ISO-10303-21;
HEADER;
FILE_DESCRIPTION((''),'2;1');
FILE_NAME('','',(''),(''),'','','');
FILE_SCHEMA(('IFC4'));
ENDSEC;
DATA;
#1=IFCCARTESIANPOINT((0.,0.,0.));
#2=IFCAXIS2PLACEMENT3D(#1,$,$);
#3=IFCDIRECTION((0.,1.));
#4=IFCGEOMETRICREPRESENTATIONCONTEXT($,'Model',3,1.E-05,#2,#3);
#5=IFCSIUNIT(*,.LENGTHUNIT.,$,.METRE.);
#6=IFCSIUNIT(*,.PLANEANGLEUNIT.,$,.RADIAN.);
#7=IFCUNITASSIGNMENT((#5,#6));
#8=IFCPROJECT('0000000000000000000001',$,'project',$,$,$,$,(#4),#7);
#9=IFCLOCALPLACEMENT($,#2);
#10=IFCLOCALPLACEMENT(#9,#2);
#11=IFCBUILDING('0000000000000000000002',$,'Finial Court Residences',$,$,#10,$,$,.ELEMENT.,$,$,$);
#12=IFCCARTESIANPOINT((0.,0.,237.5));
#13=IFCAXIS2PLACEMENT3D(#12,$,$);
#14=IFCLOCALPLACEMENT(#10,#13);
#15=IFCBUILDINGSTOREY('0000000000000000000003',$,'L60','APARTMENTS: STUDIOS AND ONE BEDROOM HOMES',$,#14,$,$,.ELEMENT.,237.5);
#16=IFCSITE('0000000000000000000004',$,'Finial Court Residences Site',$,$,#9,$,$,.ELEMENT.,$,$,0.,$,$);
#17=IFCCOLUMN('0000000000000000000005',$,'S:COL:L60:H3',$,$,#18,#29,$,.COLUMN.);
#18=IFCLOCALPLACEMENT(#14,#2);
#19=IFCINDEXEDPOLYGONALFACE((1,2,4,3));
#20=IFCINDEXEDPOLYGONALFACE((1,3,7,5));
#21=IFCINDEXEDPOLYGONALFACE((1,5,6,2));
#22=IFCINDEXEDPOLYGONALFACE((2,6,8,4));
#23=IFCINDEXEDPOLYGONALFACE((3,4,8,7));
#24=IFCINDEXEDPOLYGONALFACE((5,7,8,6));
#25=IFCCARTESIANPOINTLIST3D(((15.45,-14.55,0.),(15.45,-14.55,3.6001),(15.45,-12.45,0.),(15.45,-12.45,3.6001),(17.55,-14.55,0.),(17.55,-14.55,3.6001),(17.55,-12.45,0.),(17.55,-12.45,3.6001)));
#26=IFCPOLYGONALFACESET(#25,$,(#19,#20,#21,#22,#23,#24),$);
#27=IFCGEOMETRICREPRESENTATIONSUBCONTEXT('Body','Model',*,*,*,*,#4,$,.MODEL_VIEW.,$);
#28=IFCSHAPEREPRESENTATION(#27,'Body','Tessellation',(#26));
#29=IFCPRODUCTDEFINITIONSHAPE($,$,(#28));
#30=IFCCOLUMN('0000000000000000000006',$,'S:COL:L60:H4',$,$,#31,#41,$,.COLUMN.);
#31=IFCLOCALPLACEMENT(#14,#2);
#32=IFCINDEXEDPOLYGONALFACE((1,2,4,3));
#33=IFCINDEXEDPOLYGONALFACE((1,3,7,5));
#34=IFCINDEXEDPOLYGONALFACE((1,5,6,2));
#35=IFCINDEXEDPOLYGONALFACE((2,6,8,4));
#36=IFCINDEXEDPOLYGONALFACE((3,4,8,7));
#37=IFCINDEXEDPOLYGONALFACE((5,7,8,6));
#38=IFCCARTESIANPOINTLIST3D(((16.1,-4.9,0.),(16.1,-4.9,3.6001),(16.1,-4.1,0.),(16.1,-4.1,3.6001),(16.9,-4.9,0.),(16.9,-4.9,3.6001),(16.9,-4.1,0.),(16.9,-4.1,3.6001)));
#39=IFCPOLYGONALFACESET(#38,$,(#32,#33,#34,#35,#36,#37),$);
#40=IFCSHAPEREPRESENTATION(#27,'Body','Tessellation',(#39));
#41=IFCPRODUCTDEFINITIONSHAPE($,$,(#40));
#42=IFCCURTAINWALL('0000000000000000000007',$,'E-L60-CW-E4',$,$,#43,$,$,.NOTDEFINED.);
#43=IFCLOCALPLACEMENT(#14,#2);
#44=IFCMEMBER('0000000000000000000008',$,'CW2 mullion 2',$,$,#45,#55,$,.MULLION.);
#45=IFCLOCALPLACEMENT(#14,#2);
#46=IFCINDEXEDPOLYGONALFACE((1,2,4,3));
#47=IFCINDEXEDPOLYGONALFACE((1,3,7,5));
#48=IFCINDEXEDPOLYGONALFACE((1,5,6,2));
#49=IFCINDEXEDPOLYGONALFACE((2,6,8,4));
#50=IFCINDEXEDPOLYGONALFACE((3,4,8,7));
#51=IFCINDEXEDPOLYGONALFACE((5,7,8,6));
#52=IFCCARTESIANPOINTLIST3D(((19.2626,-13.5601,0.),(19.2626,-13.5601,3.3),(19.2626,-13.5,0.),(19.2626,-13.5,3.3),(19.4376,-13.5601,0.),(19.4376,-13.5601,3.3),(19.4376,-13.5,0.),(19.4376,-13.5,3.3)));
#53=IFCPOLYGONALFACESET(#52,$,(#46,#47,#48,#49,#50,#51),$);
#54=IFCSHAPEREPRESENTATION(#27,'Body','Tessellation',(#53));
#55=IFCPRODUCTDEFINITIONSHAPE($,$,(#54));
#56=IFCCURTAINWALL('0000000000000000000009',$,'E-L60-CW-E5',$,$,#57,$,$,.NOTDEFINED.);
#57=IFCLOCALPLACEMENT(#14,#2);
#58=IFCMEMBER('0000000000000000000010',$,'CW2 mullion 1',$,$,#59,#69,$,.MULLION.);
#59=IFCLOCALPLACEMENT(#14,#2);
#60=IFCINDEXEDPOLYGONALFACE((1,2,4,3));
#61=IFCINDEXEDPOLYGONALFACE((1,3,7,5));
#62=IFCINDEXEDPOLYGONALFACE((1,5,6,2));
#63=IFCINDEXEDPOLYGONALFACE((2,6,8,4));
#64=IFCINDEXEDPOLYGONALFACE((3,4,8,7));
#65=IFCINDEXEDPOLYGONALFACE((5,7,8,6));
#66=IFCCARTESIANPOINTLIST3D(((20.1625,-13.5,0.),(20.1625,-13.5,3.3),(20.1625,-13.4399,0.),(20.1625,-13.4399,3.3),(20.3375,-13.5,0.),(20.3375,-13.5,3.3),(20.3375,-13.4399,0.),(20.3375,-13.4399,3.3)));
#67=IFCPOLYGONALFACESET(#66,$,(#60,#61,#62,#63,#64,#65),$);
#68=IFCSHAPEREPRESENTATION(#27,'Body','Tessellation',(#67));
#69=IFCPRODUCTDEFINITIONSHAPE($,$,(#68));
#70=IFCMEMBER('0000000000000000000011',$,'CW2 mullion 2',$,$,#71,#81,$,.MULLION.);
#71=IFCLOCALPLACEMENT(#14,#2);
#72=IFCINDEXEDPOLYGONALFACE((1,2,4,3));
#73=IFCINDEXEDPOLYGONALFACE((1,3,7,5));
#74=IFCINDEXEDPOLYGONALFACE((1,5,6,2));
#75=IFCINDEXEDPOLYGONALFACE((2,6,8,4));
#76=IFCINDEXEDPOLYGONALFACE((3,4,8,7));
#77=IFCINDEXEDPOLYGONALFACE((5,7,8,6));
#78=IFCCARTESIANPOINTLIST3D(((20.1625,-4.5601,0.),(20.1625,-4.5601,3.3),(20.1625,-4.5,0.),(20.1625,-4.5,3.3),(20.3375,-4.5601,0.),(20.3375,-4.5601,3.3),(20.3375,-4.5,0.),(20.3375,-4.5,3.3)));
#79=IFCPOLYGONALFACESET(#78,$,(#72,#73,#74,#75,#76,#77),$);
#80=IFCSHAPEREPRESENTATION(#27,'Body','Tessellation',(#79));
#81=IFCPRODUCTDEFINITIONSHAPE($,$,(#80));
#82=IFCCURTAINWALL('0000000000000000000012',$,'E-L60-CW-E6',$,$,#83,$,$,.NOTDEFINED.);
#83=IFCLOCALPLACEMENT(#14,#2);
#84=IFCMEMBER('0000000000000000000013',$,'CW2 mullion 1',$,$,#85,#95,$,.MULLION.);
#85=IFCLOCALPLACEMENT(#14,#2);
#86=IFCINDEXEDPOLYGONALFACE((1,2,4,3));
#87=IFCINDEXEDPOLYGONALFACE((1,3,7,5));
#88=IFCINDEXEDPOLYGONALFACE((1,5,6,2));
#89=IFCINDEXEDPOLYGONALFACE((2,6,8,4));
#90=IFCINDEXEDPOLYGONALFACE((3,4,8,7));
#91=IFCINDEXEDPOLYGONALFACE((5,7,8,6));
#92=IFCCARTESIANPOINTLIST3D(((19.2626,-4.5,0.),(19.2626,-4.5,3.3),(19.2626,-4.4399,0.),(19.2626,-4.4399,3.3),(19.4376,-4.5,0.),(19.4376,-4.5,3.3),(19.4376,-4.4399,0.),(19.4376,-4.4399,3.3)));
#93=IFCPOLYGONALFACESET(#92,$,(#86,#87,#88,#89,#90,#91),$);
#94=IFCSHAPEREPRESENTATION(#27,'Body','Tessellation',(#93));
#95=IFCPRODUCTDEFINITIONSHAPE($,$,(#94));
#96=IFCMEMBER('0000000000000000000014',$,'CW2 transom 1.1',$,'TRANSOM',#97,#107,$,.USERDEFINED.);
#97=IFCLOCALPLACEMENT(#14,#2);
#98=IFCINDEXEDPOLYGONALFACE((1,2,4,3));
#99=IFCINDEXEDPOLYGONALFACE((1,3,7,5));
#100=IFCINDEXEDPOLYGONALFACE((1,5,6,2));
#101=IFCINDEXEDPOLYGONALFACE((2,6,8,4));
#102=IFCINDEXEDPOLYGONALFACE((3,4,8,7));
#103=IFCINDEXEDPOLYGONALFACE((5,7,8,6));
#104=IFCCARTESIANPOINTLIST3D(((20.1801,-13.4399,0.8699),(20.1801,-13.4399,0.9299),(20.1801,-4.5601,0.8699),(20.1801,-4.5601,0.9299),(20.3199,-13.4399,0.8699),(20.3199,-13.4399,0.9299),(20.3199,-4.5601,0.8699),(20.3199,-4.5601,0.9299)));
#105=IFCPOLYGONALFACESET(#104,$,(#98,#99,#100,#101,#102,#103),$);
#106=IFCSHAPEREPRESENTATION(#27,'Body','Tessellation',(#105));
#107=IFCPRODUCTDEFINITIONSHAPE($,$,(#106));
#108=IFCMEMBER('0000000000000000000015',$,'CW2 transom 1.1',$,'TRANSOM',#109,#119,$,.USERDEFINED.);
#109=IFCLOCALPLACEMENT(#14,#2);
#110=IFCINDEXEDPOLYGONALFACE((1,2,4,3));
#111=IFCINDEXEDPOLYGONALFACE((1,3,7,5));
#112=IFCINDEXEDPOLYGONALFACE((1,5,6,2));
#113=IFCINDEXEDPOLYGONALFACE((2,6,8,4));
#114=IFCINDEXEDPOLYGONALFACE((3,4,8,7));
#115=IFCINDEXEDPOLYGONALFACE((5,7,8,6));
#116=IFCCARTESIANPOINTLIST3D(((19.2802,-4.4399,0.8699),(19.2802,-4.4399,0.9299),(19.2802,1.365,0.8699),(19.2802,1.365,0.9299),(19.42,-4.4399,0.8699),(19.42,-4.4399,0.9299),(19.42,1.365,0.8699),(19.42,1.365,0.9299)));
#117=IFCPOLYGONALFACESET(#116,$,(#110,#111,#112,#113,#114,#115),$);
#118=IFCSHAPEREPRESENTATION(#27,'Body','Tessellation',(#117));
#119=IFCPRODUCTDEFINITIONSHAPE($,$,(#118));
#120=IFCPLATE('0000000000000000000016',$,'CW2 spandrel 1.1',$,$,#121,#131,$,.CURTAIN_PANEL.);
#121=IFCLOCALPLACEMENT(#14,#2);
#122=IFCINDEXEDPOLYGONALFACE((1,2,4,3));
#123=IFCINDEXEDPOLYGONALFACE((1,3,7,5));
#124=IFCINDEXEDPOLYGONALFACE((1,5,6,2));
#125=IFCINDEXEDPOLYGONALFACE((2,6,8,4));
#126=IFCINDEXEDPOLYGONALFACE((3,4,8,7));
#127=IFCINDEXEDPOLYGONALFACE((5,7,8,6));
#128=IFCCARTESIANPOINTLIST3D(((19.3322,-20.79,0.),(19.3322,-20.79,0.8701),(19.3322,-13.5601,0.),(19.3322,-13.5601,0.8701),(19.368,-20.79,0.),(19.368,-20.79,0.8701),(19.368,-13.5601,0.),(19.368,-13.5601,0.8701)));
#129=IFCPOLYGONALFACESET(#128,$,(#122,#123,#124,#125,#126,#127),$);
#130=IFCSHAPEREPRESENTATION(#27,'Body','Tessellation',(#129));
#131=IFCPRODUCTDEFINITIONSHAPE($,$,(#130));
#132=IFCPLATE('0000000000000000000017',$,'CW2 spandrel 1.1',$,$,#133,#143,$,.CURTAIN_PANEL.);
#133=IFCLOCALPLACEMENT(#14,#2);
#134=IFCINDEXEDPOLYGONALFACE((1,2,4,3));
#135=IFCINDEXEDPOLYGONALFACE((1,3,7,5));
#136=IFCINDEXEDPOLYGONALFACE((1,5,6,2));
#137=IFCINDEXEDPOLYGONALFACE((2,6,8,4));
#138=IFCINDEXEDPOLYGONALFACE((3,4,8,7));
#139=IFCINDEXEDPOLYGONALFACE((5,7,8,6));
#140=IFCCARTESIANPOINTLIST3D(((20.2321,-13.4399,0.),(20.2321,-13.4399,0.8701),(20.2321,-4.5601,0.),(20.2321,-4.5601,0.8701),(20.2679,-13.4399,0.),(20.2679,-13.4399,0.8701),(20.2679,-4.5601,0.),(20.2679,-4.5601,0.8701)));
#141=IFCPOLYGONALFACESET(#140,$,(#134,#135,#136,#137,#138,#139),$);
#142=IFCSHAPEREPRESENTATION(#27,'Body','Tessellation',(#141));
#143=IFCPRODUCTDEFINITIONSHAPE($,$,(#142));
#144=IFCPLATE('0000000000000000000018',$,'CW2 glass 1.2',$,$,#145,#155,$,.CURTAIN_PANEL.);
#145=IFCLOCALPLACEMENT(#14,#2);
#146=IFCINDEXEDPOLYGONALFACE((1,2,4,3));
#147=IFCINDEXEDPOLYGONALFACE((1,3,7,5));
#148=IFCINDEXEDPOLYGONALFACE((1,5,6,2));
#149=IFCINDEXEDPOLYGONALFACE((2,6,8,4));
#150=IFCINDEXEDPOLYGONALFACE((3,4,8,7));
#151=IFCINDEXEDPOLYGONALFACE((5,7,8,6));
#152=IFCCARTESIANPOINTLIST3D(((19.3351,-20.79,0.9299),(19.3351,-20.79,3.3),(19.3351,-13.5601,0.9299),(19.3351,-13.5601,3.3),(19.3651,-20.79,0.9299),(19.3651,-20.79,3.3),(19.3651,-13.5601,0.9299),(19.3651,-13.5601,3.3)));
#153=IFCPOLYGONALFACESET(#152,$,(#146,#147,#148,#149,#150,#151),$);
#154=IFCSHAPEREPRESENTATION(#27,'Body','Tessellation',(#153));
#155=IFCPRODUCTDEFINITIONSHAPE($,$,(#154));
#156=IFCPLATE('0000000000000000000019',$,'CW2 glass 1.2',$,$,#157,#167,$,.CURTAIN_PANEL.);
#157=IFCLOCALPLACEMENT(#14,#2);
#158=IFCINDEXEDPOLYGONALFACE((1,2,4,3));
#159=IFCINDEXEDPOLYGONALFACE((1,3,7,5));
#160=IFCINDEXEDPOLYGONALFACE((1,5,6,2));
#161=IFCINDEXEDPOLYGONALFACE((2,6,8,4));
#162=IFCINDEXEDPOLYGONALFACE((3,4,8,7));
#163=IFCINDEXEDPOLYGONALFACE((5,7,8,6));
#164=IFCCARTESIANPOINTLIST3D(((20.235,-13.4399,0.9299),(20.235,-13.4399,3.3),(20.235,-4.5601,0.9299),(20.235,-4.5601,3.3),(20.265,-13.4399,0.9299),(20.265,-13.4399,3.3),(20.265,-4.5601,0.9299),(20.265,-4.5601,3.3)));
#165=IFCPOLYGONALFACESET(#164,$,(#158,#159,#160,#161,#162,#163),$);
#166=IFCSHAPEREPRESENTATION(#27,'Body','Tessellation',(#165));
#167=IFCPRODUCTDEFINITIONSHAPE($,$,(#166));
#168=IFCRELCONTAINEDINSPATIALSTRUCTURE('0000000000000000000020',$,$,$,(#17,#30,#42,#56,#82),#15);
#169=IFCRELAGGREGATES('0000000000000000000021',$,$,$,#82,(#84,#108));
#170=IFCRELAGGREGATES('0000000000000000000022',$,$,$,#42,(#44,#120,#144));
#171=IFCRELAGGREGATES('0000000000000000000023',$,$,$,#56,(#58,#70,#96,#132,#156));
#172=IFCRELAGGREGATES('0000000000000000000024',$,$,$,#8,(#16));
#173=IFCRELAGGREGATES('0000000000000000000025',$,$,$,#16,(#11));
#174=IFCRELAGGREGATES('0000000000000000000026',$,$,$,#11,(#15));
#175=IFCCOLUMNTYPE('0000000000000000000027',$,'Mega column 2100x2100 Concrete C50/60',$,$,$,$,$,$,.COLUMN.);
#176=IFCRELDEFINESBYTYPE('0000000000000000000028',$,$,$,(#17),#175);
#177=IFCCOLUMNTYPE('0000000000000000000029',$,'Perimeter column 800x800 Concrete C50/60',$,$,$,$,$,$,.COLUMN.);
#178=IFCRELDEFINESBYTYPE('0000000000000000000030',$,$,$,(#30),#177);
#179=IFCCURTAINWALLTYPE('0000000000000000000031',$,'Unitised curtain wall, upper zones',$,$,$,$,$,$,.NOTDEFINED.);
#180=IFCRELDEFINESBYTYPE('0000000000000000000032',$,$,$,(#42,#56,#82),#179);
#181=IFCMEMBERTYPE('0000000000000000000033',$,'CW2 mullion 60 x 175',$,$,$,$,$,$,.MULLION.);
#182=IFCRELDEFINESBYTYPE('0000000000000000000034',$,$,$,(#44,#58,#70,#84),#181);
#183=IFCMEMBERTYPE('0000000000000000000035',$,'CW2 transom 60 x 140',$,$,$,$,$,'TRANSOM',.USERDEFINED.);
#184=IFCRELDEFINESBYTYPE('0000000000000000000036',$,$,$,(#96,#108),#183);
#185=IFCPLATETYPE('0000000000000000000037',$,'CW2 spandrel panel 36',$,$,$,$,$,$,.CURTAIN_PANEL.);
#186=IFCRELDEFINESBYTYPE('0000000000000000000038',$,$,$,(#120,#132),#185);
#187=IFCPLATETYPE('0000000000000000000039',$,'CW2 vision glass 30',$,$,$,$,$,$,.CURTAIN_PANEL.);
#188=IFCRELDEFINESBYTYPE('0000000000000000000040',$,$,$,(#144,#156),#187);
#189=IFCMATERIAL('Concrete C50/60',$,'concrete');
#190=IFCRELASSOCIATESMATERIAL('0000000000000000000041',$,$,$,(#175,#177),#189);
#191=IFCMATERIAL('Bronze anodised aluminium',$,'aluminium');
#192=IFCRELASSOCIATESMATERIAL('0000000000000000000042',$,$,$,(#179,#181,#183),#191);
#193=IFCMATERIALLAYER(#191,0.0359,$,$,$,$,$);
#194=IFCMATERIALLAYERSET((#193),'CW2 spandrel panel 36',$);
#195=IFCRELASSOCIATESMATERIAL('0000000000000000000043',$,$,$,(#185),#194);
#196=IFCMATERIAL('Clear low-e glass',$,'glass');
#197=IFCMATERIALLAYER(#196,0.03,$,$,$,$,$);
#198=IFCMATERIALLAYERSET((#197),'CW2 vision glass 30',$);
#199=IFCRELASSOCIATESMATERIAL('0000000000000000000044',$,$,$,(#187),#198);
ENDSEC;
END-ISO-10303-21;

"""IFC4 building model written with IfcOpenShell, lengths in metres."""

from ifc_helpers import new_model, si_unit, direction, frame, origin, origin_2d, place, context, subcontext, project, spatial, rectangle, extrude, material, layer, layer_set, material_profile, profile_set, type_object, element, aggregate, save


model = new_model("IFC4")

# Units and contexts
model_context = context("Model", 3, precision=1e-05, world=origin(), true_north=direction((0.0, 1.0)))
body_context = subcontext(model_context, "Body", "Model", "MODEL_VIEW")
ifc_project = project(units=[si_unit("LENGTHUNIT", "METRE"), si_unit("PLANEANGLEUNIT", "RADIAN")], contexts=[model_context])

# Site, building, storey
site_placement = place(None, origin())
site = spatial("IfcSite", under=ifc_project, at=site_placement, Name="Finial Court Residences Site", CompositionType="ELEMENT", RefElevation=0.0)
building_placement = place(site_placement, origin())
building = spatial("IfcBuilding", under=site, at=building_placement, Name="Finial Court Residences", CompositionType="ELEMENT")
storey_placement = place(building_placement, frame((0.0, 0.0, 237.5)))
storey = spatial("IfcBuildingStorey", under=building, at=storey_placement, Name="L60", Description="APARTMENTS: STUDIOS AND ONE BEDROOM HOMES", CompositionType="ELEMENT", Elevation=237.5)

# Columns
ifc_material_1 = material(Name="Concrete C50/60", Category="concrete")
ifc_material_profile_1 = material_profile(ifc_material_1, rectangle(XDim=2.1001, YDim=2.1001, at=origin_2d()), Name="2100x2100")
ifc_profile_set_1 = profile_set([ifc_material_profile_1], Name="Concrete C50/60")
column_type_1 = type_object("IfcColumnType", Name="Mega column 2100x2100 Concrete C50/60", PredefinedType="COLUMN", material=ifc_profile_set_1)
column_1_placement = place(storey_placement, frame((16.5, -13.5, 0.0), z_axis=(0.0, 0.0, 1.0), x_axis=(1.0, 0.0, 0.0)))
element("IfcColumn", 1, at=column_1_placement, inside=storey, type_object=column_type_1, Name="S:COL:L60:H3", PredefinedType="COLUMN", context=body_context, shape_type="SweptSolid", body=[
    extrude(rectangle(XDim=2.1001, YDim=2.1001, at=origin_2d()), origin(), (0.0, 0.0, 1.0), 3.6001),
])
ifc_material_profile_2 = material_profile(ifc_material_1, rectangle(XDim=0.8, YDim=0.8, at=origin_2d()), Name="800x800")
ifc_profile_set_2 = profile_set([ifc_material_profile_2], Name="Concrete C50/60")
column_type_2 = type_object("IfcColumnType", Name="Perimeter column 800x800 Concrete C50/60", PredefinedType="COLUMN", material=ifc_profile_set_2)
column_2_placement = place(storey_placement, frame((16.5, -4.5, 0.0), z_axis=(0.0, 0.0, 1.0), x_axis=(1.0, 0.0, 0.0)))
element("IfcColumn", 2, at=column_2_placement, inside=storey, type_object=column_type_2, Name="S:COL:L60:H4", PredefinedType="COLUMN", context=body_context, shape_type="SweptSolid", body=[
    extrude(rectangle(XDim=0.8, YDim=0.8, at=origin_2d()), origin(), (0.0, 0.0, 1.0), 3.6001),
])

# Curtain wall, member
ifc_material_2 = material(Name="Bronze anodised aluminium", Category="aluminium")
curtain_wall_type = type_object("IfcCurtainWallType", Name="Unitised curtain wall, upper zones", PredefinedType="NOTDEFINED", material=ifc_material_2)
curtain_wall_1_placement = place(storey_placement, origin())
curtain_wall_1 = element("IfcCurtainWall", 3, at=curtain_wall_1_placement, inside=storey, type_object=curtain_wall_type, Name="E-L60-CW-E4", PredefinedType="NOTDEFINED")
ifc_material_profile_3 = material_profile(ifc_material_2, rectangle(XDim=0.175, YDim=0.0601, at=origin_2d()), Name="CW2 mullion 60 x 175")
ifc_profile_set_3 = profile_set([ifc_material_profile_3], Name="Bronze anodised aluminium")
member_type_1 = type_object("IfcMemberType", Name="CW2 mullion 60 x 175", PredefinedType="MULLION", material=ifc_profile_set_3)
member_1_placement = place(storey_placement, frame((19.3501, -13.53, 0.0), z_axis=(0.0, 0.0, 1.0), x_axis=(-1.0, 0.0, 0.0)))
member_1 = element("IfcMember", 4, at=member_1_placement, type_object=member_type_1, Name="CW2 mullion 2", PredefinedType="MULLION", context=body_context, shape_type="SweptSolid", body=[
    extrude(rectangle(XDim=0.175, YDim=0.0601, at=origin_2d()), origin(), (0.0, 0.0, 1.0), 3.3),
])

# Curtain wall, members
curtain_wall_2_placement = place(storey_placement, origin())
curtain_wall_2 = element("IfcCurtainWall", 5, at=curtain_wall_2_placement, inside=storey, type_object=curtain_wall_type, Name="E-L60-CW-E5", PredefinedType="NOTDEFINED")
member_2_placement = place(storey_placement, frame((20.25, -13.47, 0.0), z_axis=(0.0, 0.0, 1.0), x_axis=(-1.0, 0.0, 0.0)))
member_2 = element("IfcMember", 6, at=member_2_placement, type_object=member_type_1, Name="CW2 mullion 1", PredefinedType="MULLION", context=body_context, shape_type="SweptSolid", body=[
    extrude(rectangle(XDim=0.175, YDim=0.0601, at=origin_2d()), origin(), (0.0, 0.0, 1.0), 3.3),
])
member_3_placement = place(storey_placement, frame((20.25, -4.53, 0.0), z_axis=(0.0, 0.0, 1.0), x_axis=(-1.0, 0.0, 0.0)))
member_3 = element("IfcMember", 7, at=member_3_placement, type_object=member_type_1, Name="CW2 mullion 2", PredefinedType="MULLION", context=body_context, shape_type="SweptSolid", body=[
    extrude(rectangle(XDim=0.175, YDim=0.0601, at=origin_2d()), origin(), (0.0, 0.0, 1.0), 3.3),
])

# Curtain wall, member
curtain_wall_3_placement = place(storey_placement, origin())
curtain_wall_3 = element("IfcCurtainWall", 8, at=curtain_wall_3_placement, inside=storey, type_object=curtain_wall_type, Name="E-L60-CW-E6", PredefinedType="NOTDEFINED")
member_4_placement = place(storey_placement, frame((19.3501, -4.47, 0.0), z_axis=(0.0, 0.0, 1.0), x_axis=(-1.0, 0.0, 0.0)))
member_4 = element("IfcMember", 9, at=member_4_placement, type_object=member_type_1, Name="CW2 mullion 1", PredefinedType="MULLION", context=body_context, shape_type="SweptSolid", body=[
    extrude(rectangle(XDim=0.175, YDim=0.0601, at=origin_2d()), origin(), (0.0, 0.0, 1.0), 3.3),
])

# Members
ifc_material_profile_4 = material_profile(ifc_material_2, rectangle(XDim=0.1399, YDim=0.0601, at=origin_2d()), Name="CW2 transom 60 x 140")
ifc_profile_set_4 = profile_set([ifc_material_profile_4], Name="Bronze anodised aluminium")
member_type_2 = type_object("IfcMemberType", Name="CW2 transom 60 x 140", ElementType="TRANSOM", PredefinedType="USERDEFINED", material=ifc_profile_set_4)
member_5_placement = place(storey_placement, frame((20.25, -13.4399, 0.8999), z_axis=(0.0, 1.0, 0.0), x_axis=(-1.0, 0.0, 0.0)))
member_5 = element("IfcMember", 10, at=member_5_placement, type_object=member_type_2, Name="CW2 transom 1.1", ObjectType="TRANSOM", PredefinedType="USERDEFINED", context=body_context, shape_type="SweptSolid", body=[
    extrude(rectangle(XDim=0.1399, YDim=0.0601, at=origin_2d()), origin(), (0.0, 0.0, 1.0), 8.8799),
])
member_6_placement = place(storey_placement, frame((19.3501, -4.4399, 0.8999), z_axis=(0.0, 1.0, 0.0), x_axis=(-1.0, 0.0, 0.0)))
member_6 = element("IfcMember", 11, at=member_6_placement, type_object=member_type_2, Name="CW2 transom 1.1", ObjectType="TRANSOM", PredefinedType="USERDEFINED", context=body_context, shape_type="SweptSolid", body=[
    extrude(rectangle(XDim=0.1399, YDim=0.0601, at=origin_2d()), origin(), (0.0, 0.0, 1.0), 5.8049),
])
aggregate(curtain_wall_3, [member_4, member_6])

# Plates
ifc_layer_1 = layer(ifc_material_2, 0.0359)
ifc_layer_set_1 = layer_set([ifc_layer_1], Name="CW2 spandrel panel 36")
plate_type_1 = type_object("IfcPlateType", Name="CW2 spandrel panel 36", PredefinedType="CURTAIN_PANEL", material=ifc_layer_set_1)
plate_1_placement = place(storey_placement, frame((19.3501, -17.175, 0.0), z_axis=(0.0, 0.0, 1.0), x_axis=(0.0, 1.0, 0.0)))
plate_1 = element("IfcPlate", 12, at=plate_1_placement, type_object=plate_type_1, Name="CW2 spandrel 1.1", PredefinedType="CURTAIN_PANEL", context=body_context, shape_type="SweptSolid", body=[
    extrude(rectangle(XDim=7.23, YDim=0.0359, at=origin_2d()), origin(), (0.0, 0.0, 1.0), 0.8701),
])
plate_2_placement = place(storey_placement, frame((20.25, -9.0, 0.0), z_axis=(0.0, 0.0, 1.0), x_axis=(0.0, 1.0, 0.0)))
plate_2 = element("IfcPlate", 13, at=plate_2_placement, type_object=plate_type_1, Name="CW2 spandrel 1.1", PredefinedType="CURTAIN_PANEL", context=body_context, shape_type="SweptSolid", body=[
    extrude(rectangle(XDim=8.8799, YDim=0.0359, at=origin_2d()), origin(), (0.0, 0.0, 1.0), 0.8701),
])
ifc_material_3 = material(Name="Clear low-e glass", Category="glass")
ifc_layer_2 = layer(ifc_material_3, 0.03)
ifc_layer_set_2 = layer_set([ifc_layer_2], Name="CW2 vision glass 30")
plate_type_2 = type_object("IfcPlateType", Name="CW2 vision glass 30", PredefinedType="CURTAIN_PANEL", material=ifc_layer_set_2)
plate_3_placement = place(storey_placement, frame((19.3501, -17.175, 0.9299), z_axis=(0.0, 0.0, 1.0), x_axis=(0.0, 1.0, 0.0)))
plate_3 = element("IfcPlate", 14, at=plate_3_placement, type_object=plate_type_2, Name="CW2 glass 1.2", PredefinedType="CURTAIN_PANEL", context=body_context, shape_type="SweptSolid", body=[
    extrude(rectangle(XDim=7.23, YDim=0.03, at=origin_2d()), origin(), (0.0, 0.0, 1.0), 2.3701),
])
aggregate(curtain_wall_1, [member_1, plate_1, plate_3])
plate_4_placement = place(storey_placement, frame((20.25, -9.0, 0.9299), z_axis=(0.0, 0.0, 1.0), x_axis=(0.0, 1.0, 0.0)))
plate_4 = element("IfcPlate", 15, at=plate_4_placement, type_object=plate_type_2, Name="CW2 glass 1.2", PredefinedType="CURTAIN_PANEL", context=body_context, shape_type="SweptSolid", body=[
    extrude(rectangle(XDim=8.8799, YDim=0.03, at=origin_2d()), origin(), (0.0, 0.0, 1.0), 2.3701),
])
aggregate(curtain_wall_2, [member_2, member_3, member_5, plate_2, plate_4])

save(model, "model.ifc")
